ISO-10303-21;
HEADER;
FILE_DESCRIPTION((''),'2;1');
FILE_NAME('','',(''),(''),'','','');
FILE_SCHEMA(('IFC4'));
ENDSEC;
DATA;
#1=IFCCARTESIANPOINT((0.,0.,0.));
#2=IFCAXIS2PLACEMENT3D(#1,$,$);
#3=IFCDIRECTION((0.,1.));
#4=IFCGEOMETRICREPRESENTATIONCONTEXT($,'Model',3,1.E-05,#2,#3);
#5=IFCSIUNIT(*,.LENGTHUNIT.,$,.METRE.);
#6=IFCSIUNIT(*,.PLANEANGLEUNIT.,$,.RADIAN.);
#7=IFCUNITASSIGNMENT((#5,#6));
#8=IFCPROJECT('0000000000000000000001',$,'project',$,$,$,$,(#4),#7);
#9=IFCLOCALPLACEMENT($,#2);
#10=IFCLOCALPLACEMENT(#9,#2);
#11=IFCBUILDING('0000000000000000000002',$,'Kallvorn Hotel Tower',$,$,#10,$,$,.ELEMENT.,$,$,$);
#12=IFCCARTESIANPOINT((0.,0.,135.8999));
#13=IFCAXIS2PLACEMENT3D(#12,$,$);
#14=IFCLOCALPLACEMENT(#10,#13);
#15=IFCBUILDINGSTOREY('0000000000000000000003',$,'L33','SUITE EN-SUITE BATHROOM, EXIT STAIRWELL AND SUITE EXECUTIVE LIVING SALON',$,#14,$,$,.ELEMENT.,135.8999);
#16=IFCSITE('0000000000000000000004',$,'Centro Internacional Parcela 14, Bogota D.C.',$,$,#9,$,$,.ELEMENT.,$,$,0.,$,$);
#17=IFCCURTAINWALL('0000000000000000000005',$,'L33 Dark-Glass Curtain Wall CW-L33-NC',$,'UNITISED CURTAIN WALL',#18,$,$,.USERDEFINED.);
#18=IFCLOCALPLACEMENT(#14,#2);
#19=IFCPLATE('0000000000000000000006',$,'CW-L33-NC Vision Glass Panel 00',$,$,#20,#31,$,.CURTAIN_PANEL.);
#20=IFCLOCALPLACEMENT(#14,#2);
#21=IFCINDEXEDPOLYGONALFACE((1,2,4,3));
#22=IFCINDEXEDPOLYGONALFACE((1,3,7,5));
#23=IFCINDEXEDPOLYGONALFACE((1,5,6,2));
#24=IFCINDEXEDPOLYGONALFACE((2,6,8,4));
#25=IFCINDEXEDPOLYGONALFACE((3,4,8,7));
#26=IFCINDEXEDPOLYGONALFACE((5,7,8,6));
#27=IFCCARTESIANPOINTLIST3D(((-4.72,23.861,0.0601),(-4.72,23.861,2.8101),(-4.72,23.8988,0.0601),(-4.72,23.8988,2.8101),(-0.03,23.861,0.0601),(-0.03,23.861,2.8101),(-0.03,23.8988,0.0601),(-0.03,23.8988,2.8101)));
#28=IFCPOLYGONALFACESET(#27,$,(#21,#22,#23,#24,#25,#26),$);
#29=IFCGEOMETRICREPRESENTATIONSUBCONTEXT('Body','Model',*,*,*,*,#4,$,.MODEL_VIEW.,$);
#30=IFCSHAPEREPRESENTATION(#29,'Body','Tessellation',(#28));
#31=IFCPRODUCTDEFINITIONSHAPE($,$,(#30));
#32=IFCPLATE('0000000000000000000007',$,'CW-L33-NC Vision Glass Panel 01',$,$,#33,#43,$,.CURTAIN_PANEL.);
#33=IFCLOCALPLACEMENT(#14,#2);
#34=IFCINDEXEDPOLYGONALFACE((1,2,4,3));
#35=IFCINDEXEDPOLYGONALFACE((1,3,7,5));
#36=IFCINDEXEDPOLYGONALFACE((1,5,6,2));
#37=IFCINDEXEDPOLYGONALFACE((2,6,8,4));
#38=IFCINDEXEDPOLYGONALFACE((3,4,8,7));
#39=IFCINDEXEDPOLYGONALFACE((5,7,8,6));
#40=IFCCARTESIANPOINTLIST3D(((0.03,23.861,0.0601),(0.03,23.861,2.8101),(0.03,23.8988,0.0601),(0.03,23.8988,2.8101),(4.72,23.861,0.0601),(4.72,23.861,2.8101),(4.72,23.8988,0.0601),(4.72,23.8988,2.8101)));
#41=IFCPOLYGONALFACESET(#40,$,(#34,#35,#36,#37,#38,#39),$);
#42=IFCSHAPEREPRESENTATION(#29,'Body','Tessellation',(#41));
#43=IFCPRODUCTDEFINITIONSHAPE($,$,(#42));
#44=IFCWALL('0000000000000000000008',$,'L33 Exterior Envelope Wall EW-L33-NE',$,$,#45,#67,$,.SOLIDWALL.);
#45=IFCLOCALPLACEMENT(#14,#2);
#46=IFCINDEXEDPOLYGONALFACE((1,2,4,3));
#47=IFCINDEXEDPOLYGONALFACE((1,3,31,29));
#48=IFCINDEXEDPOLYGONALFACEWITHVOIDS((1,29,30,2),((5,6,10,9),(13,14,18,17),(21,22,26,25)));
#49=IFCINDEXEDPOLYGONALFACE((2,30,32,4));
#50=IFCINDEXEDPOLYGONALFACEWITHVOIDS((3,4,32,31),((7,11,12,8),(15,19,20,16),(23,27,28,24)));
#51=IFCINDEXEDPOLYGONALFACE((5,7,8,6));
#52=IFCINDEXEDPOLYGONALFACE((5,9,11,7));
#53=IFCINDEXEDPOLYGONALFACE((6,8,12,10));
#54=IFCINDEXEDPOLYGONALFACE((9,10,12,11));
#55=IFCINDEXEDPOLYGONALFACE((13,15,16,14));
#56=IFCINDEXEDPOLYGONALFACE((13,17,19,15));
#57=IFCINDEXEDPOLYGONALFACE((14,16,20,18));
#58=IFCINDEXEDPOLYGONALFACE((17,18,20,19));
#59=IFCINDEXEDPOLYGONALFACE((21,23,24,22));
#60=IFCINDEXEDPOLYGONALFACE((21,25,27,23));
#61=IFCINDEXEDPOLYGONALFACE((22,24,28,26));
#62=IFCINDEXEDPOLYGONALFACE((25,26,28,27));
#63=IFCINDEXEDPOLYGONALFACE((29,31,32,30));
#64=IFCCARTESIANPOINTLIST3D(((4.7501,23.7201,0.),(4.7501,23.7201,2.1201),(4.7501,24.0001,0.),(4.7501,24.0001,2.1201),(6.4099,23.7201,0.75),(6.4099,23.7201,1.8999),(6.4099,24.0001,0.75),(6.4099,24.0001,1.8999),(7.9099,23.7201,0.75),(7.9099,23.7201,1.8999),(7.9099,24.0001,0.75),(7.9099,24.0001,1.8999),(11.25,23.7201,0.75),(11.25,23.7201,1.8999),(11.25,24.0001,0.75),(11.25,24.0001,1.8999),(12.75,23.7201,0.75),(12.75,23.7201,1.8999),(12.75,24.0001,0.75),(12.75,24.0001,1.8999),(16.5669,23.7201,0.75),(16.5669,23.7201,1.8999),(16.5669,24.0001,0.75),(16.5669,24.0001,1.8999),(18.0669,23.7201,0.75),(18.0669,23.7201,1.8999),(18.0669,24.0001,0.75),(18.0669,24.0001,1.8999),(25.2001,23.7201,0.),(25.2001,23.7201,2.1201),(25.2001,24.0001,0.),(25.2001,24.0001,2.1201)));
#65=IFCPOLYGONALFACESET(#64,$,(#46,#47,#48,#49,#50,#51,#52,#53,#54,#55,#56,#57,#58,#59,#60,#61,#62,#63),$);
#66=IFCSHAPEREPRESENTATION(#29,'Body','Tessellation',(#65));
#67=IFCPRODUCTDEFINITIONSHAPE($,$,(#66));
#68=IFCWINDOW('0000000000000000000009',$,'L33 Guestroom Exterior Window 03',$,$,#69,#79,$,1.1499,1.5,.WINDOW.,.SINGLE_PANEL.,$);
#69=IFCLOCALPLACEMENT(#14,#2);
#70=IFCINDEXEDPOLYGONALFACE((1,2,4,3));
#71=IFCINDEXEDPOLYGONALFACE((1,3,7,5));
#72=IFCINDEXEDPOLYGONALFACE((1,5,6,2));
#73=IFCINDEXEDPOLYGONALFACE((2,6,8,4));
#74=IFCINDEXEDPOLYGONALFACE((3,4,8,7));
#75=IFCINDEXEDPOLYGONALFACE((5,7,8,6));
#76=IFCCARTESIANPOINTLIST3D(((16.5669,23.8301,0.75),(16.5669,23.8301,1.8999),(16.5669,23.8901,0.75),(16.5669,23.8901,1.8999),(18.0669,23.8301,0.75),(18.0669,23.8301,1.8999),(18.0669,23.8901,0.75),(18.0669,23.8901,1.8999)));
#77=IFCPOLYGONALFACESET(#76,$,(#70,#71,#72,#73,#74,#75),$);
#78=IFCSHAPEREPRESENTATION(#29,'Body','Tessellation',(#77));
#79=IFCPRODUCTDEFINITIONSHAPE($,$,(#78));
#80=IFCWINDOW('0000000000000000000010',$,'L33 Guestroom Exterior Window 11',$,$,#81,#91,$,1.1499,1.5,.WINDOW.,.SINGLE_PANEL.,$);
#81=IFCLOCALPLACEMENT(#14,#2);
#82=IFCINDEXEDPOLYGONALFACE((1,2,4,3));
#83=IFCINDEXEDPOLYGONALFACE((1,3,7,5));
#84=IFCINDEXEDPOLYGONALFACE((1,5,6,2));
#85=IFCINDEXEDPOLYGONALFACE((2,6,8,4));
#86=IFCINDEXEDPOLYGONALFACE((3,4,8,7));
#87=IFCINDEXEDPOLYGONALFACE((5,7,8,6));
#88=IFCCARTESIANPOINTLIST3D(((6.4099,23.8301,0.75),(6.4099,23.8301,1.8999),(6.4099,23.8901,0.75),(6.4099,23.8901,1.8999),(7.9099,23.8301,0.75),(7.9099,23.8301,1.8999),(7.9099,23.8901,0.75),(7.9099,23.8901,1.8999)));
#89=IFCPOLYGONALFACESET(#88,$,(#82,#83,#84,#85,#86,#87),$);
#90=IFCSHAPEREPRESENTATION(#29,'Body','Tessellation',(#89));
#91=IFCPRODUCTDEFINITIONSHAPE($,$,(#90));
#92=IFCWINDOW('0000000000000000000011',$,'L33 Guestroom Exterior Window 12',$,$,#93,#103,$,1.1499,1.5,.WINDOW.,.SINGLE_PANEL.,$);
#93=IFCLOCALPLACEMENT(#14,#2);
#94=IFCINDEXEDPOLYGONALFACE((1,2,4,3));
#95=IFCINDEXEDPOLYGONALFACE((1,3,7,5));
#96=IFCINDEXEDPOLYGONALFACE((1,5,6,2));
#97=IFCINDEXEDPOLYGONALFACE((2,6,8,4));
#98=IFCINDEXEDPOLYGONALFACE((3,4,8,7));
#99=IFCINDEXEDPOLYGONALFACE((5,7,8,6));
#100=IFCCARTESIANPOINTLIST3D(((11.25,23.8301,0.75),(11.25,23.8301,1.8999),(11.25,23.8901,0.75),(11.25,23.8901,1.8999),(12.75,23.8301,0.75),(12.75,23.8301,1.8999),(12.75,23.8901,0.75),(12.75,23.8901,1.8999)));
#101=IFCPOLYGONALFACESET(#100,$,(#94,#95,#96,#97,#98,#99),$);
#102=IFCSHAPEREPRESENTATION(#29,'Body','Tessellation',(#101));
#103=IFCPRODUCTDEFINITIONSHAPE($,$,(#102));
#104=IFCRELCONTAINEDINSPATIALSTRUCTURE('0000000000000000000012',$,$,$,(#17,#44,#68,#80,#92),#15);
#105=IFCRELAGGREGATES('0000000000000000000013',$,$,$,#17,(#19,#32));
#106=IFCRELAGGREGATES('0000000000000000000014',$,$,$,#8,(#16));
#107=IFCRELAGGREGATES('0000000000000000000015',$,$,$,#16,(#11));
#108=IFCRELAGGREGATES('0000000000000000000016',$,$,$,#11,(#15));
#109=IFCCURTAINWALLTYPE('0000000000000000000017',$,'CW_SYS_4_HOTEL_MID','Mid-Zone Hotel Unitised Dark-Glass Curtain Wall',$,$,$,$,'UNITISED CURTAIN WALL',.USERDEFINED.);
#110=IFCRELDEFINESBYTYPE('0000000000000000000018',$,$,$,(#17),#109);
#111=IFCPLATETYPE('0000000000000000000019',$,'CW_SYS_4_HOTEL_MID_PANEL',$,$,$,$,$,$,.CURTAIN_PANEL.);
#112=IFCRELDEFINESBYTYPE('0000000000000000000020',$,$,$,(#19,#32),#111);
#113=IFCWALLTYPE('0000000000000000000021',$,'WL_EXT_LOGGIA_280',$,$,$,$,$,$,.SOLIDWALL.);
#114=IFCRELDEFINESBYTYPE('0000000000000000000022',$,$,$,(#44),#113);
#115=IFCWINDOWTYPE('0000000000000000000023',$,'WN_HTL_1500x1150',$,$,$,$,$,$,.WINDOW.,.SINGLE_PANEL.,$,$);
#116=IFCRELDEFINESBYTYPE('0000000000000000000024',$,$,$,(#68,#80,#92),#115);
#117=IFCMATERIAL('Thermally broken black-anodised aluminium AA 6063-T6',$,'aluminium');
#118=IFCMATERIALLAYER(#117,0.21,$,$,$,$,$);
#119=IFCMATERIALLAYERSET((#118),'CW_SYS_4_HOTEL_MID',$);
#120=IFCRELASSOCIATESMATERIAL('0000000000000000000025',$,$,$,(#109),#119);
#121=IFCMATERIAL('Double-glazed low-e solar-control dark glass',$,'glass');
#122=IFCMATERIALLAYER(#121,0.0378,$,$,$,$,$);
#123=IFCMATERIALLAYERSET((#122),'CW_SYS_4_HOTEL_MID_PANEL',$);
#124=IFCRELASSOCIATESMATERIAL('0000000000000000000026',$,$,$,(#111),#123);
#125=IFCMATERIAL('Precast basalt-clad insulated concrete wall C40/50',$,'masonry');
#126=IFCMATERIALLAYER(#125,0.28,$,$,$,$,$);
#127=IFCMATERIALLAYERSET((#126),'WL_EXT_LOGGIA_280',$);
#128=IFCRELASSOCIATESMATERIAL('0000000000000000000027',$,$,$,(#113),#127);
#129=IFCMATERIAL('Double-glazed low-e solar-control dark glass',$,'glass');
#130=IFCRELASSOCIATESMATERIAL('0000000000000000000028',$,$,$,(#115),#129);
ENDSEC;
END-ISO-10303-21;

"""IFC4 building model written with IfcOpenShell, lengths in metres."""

from ifc_helpers import new_model, si_unit, direction, frame, frame_2d, origin, origin_2d, place, context, subcontext, project, spatial, rectangle, extrude, material, layer, layer_set, type_object, element, fill, aggregate, save


model = new_model("IFC4")

# Units and contexts
model_context = context("Model", 3, precision=1e-05, world=origin(), true_north=direction((0.0, 1.0)))
body_context = subcontext(model_context, "Body", "Model", "MODEL_VIEW")
ifc_project = project(units=[si_unit("LENGTHUNIT", "METRE"), si_unit("PLANEANGLEUNIT", "RADIAN")], contexts=[model_context])

# Site, building, storey
site_placement = place(None, origin())
site = spatial("IfcSite", under=ifc_project, at=site_placement, Name="Centro Internacional Parcela 14, Bogota D.C.", CompositionType="ELEMENT", RefElevation=0.0)
building_placement = place(site_placement, origin())
building = spatial("IfcBuilding", under=site, at=building_placement, Name="Kallvorn Hotel Tower", CompositionType="ELEMENT")
storey_placement = place(building_placement, frame((0.0, 0.0, 135.8999)))
storey = spatial("IfcBuildingStorey", under=building, at=storey_placement, Name="L33", Description="SUITE EN-SUITE BATHROOM, EXIT STAIRWELL AND SUITE EXECUTIVE LIVING SALON", CompositionType="ELEMENT", Elevation=135.8999)

# Curtain wall, plates
ifc_material_1 = material(Name="Thermally broken black-anodised aluminium AA 6063-T6", Category="aluminium")
ifc_layer_1 = layer(ifc_material_1, 0.21)
ifc_layer_set_1 = layer_set([ifc_layer_1], Name="CW_SYS_4_HOTEL_MID")
curtain_wall_type = type_object("IfcCurtainWallType", Name="CW_SYS_4_HOTEL_MID", Description="Mid-Zone Hotel Unitised Dark-Glass Curtain Wall", ElementType="UNITISED CURTAIN WALL", PredefinedType="USERDEFINED", material=ifc_layer_set_1)
curtain_wall_placement = place(storey_placement, origin())
curtain_wall = element("IfcCurtainWall", 1, at=curtain_wall_placement, inside=storey, type_object=curtain_wall_type, Name="L33 Dark-Glass Curtain Wall CW-L33-NC", ObjectType="UNITISED CURTAIN WALL", PredefinedType="USERDEFINED")
ifc_material_2 = material(Name="Double-glazed low-e solar-control dark glass", Category="glass")
ifc_layer_2 = layer(ifc_material_2, 0.0378)
ifc_layer_set_2 = layer_set([ifc_layer_2], Name="CW_SYS_4_HOTEL_MID_PANEL")
plate_type = type_object("IfcPlateType", Name="CW_SYS_4_HOTEL_MID_PANEL", PredefinedType="CURTAIN_PANEL", material=ifc_layer_set_2)
plate_1_placement = place(storey_placement, frame((-2.375, 23.8799, 0.0601), z_axis=(0.0, 0.0, 1.0), x_axis=(1.0, 0.0, 0.0)))
plate_1 = element("IfcPlate", 2, at=plate_1_placement, type_object=plate_type, Name="CW-L33-NC Vision Glass Panel 00", PredefinedType="CURTAIN_PANEL", context=body_context, shape_type="SweptSolid", body=[
    extrude(rectangle(XDim=4.6899, YDim=0.0378, at=origin_2d()), origin(), (0.0, 0.0, 1.0), 2.75),
])
plate_2_placement = place(storey_placement, frame((2.375, 23.8799, 0.0601), z_axis=(0.0, 0.0, 1.0), x_axis=(1.0, 0.0, 0.0)))
plate_2 = element("IfcPlate", 3, at=plate_2_placement, type_object=plate_type, Name="CW-L33-NC Vision Glass Panel 01", PredefinedType="CURTAIN_PANEL", context=body_context, shape_type="SweptSolid", body=[
    extrude(rectangle(XDim=4.6899, YDim=0.0378, at=origin_2d()), origin(), (0.0, 0.0, 1.0), 2.75),
])
aggregate(curtain_wall, [plate_1, plate_2])

# Wall, openings, windows
ifc_material_3 = material(Name="Precast basalt-clad insulated concrete wall C40/50", Category="masonry")
ifc_layer_3 = layer(ifc_material_3, 0.28)
ifc_layer_set_3 = layer_set([ifc_layer_3], Name="WL_EXT_LOGGIA_280")
wall_type = type_object("IfcWallType", Name="WL_EXT_LOGGIA_280", PredefinedType="SOLIDWALL", material=ifc_layer_set_3)
wall_placement = place(storey_placement, frame((4.75, 23.8601, 0.0), z_axis=(0.0, 0.0, 1.0), x_axis=(1.0, 0.0, 0.0)))
wall = element("IfcWall", 4, at=wall_placement, inside=storey, type_object=wall_type, Name="L33 Exterior Envelope Wall EW-L33-NE", PredefinedType="SOLIDWALL", context=body_context, shape_type="SweptSolid", body=[
    extrude(rectangle(XDim=20.45, YDim=0.28, at=frame_2d((10.2251, 0.0))), origin(), (0.0, 0.0, 1.0), 2.1201),
])
opening_1_placement = place(wall_placement, frame((11.8169, 0.0, 0.75)))
opening_1 = element("IfcOpeningElement", 5, at=opening_1_placement, cuts=wall, PredefinedType="OPENING", context=body_context, shape_type="SweptSolid", body=[
    extrude(rectangle(XDim=1.5, YDim=1.1499, at=frame_2d((0.75, 0.575))), frame((0.0, 0.155, 0.0), z_axis=(0.0, -1.0, 0.0), x_axis=(1.0, 0.0, 0.0)), (0.0, 0.0, 1.0), 0.3101),
])
opening_2_placement = place(wall_placement, frame((1.6599, 0.0, 0.75)))
opening_2 = element("IfcOpeningElement", 6, at=opening_2_placement, cuts=wall, PredefinedType="OPENING", context=body_context, shape_type="SweptSolid", body=[
    extrude(rectangle(XDim=1.5, YDim=1.1499, at=frame_2d((0.75, 0.575))), frame((0.0, 0.155, 0.0), z_axis=(0.0, -1.0, 0.0), x_axis=(1.0, 0.0, 0.0)), (0.0, 0.0, 1.0), 0.3101),
])
opening_3_placement = place(wall_placement, frame((6.5, 0.0, 0.75)))
opening_3 = element("IfcOpeningElement", 7, at=opening_3_placement, cuts=wall, PredefinedType="OPENING", context=body_context, shape_type="SweptSolid", body=[
    extrude(rectangle(XDim=1.5, YDim=1.1499, at=frame_2d((0.75, 0.575))), frame((0.0, 0.155, 0.0), z_axis=(0.0, -1.0, 0.0), x_axis=(1.0, 0.0, 0.0)), (0.0, 0.0, 1.0), 0.3101),
])
ifc_material_4 = material(Name="Double-glazed low-e solar-control dark glass", Category="glass")
window_type = type_object("IfcWindowType", Name="WN_HTL_1500x1150", PartitioningType="SINGLE_PANEL", PredefinedType="WINDOW", material=ifc_material_4)
window_1_placement = place(opening_1_placement, origin())
window_1 = element("IfcWindow", 8, at=window_1_placement, inside=storey, type_object=window_type, Name="L33 Guestroom Exterior Window 03", OverallHeight=1.1499, OverallWidth=1.5, PartitioningType="SINGLE_PANEL", PredefinedType="WINDOW", context=body_context, shape_type="SweptSolid", body=[
    extrude(rectangle(XDim=1.5, YDim=1.1499, at=frame_2d((0.75, 0.575))), frame((0.0, 0.03, 0.0), z_axis=(0.0, -1.0, 0.0), x_axis=(1.0, 0.0, 0.0)), (0.0, 0.0, 1.0), 0.0601),
])
fill(opening_1, window_1)
window_2_placement = place(opening_2_placement, origin())
window_2 = element("IfcWindow", 9, at=window_2_placement, inside=storey, type_object=window_type, Name="L33 Guestroom Exterior Window 11", OverallHeight=1.1499, OverallWidth=1.5, PartitioningType="SINGLE_PANEL", PredefinedType="WINDOW", context=body_context, shape_type="SweptSolid", body=[
    extrude(rectangle(XDim=1.5, YDim=1.1499, at=frame_2d((0.75, 0.575))), frame((0.0, 0.03, 0.0), z_axis=(0.0, -1.0, 0.0), x_axis=(1.0, 0.0, 0.0)), (0.0, 0.0, 1.0), 0.0601),
])
fill(opening_2, window_2)
window_3_placement = place(opening_3_placement, origin())
window_3 = element("IfcWindow", 10, at=window_3_placement, inside=storey, type_object=window_type, Name="L33 Guestroom Exterior Window 12", OverallHeight=1.1499, OverallWidth=1.5, PartitioningType="SINGLE_PANEL", PredefinedType="WINDOW", context=body_context, shape_type="SweptSolid", body=[
    extrude(rectangle(XDim=1.5, YDim=1.1499, at=frame_2d((0.75, 0.575))), frame((0.0, 0.03, 0.0), z_axis=(0.0, -1.0, 0.0), x_axis=(1.0, 0.0, 0.0)), (0.0, 0.0, 1.0), 0.0601),
])
fill(opening_3, window_3)

save(model, "model.ifc")
